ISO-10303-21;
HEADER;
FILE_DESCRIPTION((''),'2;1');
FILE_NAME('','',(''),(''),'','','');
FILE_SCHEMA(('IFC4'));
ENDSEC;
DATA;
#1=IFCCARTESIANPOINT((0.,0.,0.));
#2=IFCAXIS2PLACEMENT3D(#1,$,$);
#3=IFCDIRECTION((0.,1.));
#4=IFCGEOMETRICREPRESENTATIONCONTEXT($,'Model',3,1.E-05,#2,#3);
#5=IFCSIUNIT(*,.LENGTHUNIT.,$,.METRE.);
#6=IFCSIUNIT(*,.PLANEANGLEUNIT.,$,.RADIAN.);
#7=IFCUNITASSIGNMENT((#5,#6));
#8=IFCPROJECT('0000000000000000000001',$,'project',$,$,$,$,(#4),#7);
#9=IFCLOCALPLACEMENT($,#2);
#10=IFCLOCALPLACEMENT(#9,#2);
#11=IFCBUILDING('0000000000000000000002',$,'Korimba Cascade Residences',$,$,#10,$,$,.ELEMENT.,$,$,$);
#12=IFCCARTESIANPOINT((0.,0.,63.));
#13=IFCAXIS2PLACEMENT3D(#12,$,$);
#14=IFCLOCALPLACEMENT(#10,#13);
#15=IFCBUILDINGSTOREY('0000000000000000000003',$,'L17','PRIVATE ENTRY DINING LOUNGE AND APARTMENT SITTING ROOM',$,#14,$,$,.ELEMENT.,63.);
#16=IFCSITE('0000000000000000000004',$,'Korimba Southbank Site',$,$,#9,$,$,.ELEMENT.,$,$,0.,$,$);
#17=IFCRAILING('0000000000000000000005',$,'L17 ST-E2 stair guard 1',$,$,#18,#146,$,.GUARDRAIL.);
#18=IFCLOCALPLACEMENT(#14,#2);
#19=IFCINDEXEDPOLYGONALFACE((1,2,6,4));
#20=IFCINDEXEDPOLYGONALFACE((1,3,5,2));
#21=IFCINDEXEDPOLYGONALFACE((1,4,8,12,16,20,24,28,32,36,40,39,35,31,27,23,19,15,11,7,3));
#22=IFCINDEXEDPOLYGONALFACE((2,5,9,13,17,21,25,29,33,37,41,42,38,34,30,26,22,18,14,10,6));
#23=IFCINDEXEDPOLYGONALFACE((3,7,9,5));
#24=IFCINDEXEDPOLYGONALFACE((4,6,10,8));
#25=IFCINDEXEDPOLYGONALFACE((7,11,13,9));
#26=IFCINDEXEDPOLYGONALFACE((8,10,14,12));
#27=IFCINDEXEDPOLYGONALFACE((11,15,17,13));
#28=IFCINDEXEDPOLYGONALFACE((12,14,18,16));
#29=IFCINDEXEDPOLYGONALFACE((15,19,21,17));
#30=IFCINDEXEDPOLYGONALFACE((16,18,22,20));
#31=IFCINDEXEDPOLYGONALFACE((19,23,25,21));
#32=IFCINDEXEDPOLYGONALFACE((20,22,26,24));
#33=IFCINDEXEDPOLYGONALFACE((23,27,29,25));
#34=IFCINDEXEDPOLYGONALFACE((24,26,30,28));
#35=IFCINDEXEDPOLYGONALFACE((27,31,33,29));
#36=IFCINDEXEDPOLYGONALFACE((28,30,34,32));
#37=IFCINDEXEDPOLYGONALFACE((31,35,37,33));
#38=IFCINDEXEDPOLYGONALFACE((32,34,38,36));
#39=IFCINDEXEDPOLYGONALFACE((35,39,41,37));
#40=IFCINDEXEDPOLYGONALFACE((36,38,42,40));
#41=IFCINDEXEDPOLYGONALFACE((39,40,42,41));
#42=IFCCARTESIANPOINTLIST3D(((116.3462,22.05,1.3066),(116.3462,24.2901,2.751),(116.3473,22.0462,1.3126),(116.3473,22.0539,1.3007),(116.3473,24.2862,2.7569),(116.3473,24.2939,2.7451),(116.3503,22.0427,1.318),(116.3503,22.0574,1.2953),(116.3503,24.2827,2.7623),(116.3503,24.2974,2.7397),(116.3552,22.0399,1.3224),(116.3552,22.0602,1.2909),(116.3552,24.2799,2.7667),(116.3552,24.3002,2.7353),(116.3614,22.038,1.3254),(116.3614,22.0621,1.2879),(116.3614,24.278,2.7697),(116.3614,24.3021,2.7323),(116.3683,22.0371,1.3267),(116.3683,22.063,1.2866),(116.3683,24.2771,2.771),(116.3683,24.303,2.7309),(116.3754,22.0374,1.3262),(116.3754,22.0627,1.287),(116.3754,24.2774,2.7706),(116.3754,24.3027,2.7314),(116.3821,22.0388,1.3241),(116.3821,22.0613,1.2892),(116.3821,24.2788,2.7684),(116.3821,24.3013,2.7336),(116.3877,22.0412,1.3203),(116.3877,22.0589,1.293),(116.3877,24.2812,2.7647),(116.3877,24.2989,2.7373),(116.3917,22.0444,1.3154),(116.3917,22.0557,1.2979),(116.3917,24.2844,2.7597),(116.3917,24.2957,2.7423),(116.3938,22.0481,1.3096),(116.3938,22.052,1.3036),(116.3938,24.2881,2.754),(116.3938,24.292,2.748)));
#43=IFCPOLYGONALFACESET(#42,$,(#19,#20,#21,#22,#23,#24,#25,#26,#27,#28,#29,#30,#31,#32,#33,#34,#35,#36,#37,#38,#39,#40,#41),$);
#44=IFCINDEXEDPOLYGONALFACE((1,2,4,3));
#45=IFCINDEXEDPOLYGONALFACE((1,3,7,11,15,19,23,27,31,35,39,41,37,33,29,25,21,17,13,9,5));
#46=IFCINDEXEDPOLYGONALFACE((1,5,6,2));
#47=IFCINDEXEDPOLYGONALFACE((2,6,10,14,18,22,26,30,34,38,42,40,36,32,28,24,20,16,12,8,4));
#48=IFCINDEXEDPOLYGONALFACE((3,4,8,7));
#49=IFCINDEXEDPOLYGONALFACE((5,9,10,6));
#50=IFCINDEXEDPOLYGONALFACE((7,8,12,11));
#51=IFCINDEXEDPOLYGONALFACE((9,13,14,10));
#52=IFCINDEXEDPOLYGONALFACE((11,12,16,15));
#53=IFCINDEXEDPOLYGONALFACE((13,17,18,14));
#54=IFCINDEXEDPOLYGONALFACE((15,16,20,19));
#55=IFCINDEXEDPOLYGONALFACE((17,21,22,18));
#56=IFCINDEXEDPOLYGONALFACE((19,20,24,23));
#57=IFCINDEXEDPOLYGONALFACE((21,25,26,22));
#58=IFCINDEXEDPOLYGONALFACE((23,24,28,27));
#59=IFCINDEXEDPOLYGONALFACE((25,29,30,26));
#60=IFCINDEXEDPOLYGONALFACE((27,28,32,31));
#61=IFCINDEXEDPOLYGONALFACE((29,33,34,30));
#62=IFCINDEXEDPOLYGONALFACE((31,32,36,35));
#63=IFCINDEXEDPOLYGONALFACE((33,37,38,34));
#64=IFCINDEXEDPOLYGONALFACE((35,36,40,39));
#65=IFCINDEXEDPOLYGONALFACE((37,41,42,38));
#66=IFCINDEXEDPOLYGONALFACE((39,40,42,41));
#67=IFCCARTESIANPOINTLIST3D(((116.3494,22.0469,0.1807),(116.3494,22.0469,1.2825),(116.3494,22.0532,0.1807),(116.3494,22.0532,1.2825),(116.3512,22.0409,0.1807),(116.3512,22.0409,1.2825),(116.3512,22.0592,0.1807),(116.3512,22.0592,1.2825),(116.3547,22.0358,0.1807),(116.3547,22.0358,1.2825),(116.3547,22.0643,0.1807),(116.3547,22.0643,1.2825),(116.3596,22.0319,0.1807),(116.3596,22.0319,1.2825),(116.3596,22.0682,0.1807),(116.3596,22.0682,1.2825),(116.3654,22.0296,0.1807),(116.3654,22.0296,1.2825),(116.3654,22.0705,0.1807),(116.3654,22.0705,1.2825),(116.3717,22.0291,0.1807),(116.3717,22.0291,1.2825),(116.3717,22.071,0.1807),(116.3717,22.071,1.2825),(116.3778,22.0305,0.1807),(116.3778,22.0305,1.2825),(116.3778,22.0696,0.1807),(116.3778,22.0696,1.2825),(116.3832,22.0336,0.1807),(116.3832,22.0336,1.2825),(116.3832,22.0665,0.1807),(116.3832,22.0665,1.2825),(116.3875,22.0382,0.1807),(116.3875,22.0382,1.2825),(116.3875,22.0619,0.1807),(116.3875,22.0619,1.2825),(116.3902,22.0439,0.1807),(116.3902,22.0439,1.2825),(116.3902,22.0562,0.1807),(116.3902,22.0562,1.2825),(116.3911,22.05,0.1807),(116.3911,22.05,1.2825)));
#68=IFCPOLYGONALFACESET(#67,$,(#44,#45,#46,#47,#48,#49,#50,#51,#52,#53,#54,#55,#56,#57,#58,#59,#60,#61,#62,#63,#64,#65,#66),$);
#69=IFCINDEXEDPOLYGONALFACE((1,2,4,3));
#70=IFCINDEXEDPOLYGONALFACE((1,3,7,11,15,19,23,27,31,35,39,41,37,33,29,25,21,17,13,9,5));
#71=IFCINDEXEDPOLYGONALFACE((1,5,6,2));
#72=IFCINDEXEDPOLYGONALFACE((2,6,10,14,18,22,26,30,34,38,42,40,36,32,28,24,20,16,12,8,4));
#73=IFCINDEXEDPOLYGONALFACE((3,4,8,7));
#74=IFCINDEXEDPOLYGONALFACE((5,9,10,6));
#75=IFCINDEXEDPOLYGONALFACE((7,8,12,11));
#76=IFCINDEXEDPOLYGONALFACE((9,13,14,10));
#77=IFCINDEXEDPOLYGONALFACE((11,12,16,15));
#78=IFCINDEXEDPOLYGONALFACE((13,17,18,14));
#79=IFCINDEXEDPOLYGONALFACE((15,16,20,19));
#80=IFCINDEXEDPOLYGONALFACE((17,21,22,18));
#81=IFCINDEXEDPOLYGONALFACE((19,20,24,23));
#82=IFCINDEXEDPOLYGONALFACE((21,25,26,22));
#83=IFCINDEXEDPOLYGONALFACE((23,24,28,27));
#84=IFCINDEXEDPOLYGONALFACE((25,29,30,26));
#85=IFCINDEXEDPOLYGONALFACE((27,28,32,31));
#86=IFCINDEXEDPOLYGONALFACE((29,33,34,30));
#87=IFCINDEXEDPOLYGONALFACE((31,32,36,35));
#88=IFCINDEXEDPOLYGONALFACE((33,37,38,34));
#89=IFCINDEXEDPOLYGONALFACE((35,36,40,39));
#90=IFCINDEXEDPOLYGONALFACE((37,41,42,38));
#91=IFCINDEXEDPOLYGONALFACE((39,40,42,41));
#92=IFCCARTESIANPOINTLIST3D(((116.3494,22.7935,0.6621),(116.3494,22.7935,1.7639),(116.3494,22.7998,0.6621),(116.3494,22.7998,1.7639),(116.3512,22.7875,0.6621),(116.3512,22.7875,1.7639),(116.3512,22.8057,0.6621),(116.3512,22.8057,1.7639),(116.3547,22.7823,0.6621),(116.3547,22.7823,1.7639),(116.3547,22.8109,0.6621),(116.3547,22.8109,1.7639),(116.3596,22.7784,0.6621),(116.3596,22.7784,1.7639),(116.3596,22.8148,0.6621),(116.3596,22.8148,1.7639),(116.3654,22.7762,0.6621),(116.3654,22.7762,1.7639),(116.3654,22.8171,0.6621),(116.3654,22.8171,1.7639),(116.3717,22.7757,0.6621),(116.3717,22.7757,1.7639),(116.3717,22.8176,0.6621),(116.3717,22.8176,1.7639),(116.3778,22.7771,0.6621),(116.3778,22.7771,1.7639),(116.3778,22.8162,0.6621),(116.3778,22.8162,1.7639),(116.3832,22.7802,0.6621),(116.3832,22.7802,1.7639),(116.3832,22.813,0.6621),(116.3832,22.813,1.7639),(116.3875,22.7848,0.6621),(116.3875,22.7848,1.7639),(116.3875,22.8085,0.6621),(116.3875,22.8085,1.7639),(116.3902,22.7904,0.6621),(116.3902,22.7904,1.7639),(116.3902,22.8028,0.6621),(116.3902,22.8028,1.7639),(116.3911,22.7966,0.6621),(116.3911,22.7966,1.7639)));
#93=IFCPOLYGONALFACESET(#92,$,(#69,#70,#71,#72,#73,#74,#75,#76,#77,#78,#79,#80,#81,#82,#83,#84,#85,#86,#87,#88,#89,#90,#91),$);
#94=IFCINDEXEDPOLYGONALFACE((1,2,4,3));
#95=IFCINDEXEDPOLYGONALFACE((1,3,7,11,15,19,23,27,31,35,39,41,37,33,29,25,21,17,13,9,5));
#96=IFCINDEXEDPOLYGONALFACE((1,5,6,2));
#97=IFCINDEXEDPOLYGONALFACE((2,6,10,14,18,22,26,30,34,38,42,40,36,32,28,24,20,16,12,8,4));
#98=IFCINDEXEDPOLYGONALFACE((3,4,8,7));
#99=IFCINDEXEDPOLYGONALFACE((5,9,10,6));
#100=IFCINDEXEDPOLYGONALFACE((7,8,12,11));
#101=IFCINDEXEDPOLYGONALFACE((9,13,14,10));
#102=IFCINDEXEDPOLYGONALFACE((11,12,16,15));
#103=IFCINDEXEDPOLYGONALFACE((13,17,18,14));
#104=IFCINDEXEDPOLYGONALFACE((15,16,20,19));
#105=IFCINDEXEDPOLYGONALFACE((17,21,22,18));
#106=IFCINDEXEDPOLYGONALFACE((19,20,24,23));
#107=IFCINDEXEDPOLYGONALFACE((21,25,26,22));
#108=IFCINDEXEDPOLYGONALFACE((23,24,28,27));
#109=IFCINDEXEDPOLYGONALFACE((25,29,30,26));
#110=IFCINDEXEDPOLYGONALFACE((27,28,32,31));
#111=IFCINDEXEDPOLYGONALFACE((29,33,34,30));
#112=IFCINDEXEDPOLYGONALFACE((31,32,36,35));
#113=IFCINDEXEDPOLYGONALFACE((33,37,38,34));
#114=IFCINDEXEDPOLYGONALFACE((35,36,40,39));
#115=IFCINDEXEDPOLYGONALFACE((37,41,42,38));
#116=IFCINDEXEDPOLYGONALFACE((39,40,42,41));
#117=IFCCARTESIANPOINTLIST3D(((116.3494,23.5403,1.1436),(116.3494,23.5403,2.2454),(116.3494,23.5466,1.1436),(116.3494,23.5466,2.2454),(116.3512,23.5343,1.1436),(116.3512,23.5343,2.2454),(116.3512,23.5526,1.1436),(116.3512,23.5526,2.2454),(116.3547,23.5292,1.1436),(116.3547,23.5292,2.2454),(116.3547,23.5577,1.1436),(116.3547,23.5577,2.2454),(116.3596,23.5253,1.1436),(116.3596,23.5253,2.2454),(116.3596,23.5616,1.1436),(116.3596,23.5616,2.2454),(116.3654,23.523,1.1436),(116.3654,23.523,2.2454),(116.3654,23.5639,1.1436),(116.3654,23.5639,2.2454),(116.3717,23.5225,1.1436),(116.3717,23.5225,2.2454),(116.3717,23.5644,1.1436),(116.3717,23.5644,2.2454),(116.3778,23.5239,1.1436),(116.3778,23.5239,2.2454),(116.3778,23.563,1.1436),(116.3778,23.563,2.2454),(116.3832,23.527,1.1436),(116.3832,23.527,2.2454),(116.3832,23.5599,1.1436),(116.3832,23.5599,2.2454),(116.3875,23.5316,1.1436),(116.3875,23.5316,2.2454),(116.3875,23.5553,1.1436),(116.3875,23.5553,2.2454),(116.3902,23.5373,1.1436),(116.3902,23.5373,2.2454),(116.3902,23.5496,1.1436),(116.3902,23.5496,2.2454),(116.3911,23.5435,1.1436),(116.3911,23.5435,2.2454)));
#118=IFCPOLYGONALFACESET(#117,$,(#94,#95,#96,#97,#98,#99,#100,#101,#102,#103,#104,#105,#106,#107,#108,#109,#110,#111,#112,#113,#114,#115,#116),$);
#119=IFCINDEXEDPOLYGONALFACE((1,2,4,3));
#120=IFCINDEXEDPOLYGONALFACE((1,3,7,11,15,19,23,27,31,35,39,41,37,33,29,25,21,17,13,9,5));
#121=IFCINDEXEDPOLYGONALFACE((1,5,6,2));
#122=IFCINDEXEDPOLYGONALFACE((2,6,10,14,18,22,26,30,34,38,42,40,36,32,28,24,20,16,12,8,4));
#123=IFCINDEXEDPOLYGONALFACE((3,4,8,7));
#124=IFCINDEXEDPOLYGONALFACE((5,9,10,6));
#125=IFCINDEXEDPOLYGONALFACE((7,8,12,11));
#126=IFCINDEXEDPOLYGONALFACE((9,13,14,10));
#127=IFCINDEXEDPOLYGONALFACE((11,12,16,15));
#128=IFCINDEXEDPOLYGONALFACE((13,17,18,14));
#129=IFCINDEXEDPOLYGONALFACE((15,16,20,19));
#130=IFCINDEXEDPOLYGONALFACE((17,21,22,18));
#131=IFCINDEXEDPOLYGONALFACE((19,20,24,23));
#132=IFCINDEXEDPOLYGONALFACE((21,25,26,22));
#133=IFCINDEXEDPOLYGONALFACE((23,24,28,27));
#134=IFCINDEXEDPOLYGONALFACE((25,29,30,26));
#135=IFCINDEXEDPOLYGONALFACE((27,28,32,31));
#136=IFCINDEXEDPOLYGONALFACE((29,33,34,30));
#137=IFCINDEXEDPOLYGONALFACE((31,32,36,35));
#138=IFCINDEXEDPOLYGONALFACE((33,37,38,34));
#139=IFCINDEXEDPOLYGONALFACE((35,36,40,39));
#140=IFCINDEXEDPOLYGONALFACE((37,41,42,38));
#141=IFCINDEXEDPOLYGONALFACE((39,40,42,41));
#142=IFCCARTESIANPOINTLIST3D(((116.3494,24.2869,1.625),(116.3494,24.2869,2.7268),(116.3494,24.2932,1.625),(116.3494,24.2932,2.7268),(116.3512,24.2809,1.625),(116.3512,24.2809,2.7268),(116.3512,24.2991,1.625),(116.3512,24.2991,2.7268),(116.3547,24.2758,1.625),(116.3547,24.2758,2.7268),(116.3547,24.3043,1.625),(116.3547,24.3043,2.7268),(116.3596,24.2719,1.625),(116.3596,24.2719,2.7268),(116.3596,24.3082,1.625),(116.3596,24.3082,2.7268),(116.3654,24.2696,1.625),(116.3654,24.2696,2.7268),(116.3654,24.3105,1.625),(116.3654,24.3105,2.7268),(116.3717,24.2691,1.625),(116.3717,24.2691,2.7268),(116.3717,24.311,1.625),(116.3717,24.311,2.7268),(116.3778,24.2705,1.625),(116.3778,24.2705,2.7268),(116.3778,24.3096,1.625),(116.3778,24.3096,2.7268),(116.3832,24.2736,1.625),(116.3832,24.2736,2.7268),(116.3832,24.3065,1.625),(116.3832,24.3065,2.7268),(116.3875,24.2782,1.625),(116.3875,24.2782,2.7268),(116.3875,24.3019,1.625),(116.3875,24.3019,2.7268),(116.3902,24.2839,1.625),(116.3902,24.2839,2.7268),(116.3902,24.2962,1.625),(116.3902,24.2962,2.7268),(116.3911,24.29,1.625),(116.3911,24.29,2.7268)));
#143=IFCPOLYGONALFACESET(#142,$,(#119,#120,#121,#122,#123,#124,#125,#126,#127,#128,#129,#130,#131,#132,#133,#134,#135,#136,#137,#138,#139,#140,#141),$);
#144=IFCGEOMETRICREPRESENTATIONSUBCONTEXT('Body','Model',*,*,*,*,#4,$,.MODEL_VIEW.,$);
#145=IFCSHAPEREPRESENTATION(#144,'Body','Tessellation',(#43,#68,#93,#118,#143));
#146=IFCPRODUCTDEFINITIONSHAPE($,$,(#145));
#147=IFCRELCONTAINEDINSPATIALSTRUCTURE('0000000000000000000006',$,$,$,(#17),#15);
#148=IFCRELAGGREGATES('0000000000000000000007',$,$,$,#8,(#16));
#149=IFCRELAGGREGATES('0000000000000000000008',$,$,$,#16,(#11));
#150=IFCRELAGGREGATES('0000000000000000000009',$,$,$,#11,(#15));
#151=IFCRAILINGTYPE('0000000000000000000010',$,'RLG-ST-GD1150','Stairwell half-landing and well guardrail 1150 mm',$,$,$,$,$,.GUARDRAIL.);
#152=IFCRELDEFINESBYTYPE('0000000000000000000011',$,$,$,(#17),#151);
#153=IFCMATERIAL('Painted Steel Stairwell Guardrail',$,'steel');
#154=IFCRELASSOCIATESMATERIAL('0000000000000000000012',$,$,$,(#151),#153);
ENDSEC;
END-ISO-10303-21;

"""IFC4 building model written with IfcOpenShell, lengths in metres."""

from ifc_helpers import new_model, si_unit, direction, frame, origin, origin_2d, place, context, subcontext, project, spatial, circle, extrude, material, type_object, element, save


model = new_model("IFC4")

# Units and contexts
model_context = context("Model", 3, precision=1e-05, world=origin(), true_north=direction((0.0, 1.0)))
body_context = subcontext(model_context, "Body", "Model", "MODEL_VIEW")
ifc_project = project(units=[si_unit("LENGTHUNIT", "METRE"), si_unit("PLANEANGLEUNIT", "RADIAN")], contexts=[model_context])

# Site, building, storey
site_placement = place(None, origin())
site = spatial("IfcSite", under=ifc_project, at=site_placement, Name="Korimba Southbank Site", CompositionType="ELEMENT", RefElevation=0.0)
building_placement = place(site_placement, origin())
building = spatial("IfcBuilding", under=site, at=building_placement, Name="Korimba Cascade Residences", CompositionType="ELEMENT")
storey_placement = place(building_placement, frame((0.0, 0.0, 63.0)))
storey = spatial("IfcBuildingStorey", under=building, at=storey_placement, Name="L17", Description="PRIVATE ENTRY DINING LOUNGE AND APARTMENT SITTING ROOM", CompositionType="ELEMENT", Elevation=63.0)

# Railing
ifc_material_1 = material(Name="Painted Steel Stairwell Guardrail", Category="steel")
railing_type_1 = type_object("IfcRailingType", Name="RLG-ST-GD1150", Description="Stairwell half-landing and well guardrail 1150 mm", PredefinedType="GUARDRAIL", material=ifc_material_1)
railing_1_placement = place(storey_placement, frame((116.3701, 22.05, 0.1807)))
element("IfcRailing", 1, at=railing_1_placement, inside=storey, type_object=railing_type_1, Name="L17 ST-E2 stair guard 1", PredefinedType="GUARDRAIL", context=body_context, shape_type="SweptSolid", body=[
    extrude(circle(Radius=0.0239, at=origin_2d()), frame((0.0, 0.0, 1.126), z_axis=(0.0, 0.840437, 0.54191), x_axis=(-1.0, 0.0, 0.0)), (0.0, 0.0, 1.0), 2.6653),
    extrude(circle(Radius=0.021, at=origin_2d()), origin(), (0.0, 0.0, 1.0), 1.1018),
    extrude(circle(Radius=0.021, at=origin_2d()), frame((0.0, 0.7466, 0.4814)), (0.0, 0.0, 1.0), 1.1018),
    extrude(circle(Radius=0.021, at=origin_2d()), frame((0.0, 1.4934, 0.9629)), (0.0, 0.0, 1.0), 1.1018),
    extrude(circle(Radius=0.021, at=origin_2d()), frame((0.0, 2.24, 1.4443)), (0.0, 0.0, 1.0), 1.1018),
])

save(model, "model.ifc")
